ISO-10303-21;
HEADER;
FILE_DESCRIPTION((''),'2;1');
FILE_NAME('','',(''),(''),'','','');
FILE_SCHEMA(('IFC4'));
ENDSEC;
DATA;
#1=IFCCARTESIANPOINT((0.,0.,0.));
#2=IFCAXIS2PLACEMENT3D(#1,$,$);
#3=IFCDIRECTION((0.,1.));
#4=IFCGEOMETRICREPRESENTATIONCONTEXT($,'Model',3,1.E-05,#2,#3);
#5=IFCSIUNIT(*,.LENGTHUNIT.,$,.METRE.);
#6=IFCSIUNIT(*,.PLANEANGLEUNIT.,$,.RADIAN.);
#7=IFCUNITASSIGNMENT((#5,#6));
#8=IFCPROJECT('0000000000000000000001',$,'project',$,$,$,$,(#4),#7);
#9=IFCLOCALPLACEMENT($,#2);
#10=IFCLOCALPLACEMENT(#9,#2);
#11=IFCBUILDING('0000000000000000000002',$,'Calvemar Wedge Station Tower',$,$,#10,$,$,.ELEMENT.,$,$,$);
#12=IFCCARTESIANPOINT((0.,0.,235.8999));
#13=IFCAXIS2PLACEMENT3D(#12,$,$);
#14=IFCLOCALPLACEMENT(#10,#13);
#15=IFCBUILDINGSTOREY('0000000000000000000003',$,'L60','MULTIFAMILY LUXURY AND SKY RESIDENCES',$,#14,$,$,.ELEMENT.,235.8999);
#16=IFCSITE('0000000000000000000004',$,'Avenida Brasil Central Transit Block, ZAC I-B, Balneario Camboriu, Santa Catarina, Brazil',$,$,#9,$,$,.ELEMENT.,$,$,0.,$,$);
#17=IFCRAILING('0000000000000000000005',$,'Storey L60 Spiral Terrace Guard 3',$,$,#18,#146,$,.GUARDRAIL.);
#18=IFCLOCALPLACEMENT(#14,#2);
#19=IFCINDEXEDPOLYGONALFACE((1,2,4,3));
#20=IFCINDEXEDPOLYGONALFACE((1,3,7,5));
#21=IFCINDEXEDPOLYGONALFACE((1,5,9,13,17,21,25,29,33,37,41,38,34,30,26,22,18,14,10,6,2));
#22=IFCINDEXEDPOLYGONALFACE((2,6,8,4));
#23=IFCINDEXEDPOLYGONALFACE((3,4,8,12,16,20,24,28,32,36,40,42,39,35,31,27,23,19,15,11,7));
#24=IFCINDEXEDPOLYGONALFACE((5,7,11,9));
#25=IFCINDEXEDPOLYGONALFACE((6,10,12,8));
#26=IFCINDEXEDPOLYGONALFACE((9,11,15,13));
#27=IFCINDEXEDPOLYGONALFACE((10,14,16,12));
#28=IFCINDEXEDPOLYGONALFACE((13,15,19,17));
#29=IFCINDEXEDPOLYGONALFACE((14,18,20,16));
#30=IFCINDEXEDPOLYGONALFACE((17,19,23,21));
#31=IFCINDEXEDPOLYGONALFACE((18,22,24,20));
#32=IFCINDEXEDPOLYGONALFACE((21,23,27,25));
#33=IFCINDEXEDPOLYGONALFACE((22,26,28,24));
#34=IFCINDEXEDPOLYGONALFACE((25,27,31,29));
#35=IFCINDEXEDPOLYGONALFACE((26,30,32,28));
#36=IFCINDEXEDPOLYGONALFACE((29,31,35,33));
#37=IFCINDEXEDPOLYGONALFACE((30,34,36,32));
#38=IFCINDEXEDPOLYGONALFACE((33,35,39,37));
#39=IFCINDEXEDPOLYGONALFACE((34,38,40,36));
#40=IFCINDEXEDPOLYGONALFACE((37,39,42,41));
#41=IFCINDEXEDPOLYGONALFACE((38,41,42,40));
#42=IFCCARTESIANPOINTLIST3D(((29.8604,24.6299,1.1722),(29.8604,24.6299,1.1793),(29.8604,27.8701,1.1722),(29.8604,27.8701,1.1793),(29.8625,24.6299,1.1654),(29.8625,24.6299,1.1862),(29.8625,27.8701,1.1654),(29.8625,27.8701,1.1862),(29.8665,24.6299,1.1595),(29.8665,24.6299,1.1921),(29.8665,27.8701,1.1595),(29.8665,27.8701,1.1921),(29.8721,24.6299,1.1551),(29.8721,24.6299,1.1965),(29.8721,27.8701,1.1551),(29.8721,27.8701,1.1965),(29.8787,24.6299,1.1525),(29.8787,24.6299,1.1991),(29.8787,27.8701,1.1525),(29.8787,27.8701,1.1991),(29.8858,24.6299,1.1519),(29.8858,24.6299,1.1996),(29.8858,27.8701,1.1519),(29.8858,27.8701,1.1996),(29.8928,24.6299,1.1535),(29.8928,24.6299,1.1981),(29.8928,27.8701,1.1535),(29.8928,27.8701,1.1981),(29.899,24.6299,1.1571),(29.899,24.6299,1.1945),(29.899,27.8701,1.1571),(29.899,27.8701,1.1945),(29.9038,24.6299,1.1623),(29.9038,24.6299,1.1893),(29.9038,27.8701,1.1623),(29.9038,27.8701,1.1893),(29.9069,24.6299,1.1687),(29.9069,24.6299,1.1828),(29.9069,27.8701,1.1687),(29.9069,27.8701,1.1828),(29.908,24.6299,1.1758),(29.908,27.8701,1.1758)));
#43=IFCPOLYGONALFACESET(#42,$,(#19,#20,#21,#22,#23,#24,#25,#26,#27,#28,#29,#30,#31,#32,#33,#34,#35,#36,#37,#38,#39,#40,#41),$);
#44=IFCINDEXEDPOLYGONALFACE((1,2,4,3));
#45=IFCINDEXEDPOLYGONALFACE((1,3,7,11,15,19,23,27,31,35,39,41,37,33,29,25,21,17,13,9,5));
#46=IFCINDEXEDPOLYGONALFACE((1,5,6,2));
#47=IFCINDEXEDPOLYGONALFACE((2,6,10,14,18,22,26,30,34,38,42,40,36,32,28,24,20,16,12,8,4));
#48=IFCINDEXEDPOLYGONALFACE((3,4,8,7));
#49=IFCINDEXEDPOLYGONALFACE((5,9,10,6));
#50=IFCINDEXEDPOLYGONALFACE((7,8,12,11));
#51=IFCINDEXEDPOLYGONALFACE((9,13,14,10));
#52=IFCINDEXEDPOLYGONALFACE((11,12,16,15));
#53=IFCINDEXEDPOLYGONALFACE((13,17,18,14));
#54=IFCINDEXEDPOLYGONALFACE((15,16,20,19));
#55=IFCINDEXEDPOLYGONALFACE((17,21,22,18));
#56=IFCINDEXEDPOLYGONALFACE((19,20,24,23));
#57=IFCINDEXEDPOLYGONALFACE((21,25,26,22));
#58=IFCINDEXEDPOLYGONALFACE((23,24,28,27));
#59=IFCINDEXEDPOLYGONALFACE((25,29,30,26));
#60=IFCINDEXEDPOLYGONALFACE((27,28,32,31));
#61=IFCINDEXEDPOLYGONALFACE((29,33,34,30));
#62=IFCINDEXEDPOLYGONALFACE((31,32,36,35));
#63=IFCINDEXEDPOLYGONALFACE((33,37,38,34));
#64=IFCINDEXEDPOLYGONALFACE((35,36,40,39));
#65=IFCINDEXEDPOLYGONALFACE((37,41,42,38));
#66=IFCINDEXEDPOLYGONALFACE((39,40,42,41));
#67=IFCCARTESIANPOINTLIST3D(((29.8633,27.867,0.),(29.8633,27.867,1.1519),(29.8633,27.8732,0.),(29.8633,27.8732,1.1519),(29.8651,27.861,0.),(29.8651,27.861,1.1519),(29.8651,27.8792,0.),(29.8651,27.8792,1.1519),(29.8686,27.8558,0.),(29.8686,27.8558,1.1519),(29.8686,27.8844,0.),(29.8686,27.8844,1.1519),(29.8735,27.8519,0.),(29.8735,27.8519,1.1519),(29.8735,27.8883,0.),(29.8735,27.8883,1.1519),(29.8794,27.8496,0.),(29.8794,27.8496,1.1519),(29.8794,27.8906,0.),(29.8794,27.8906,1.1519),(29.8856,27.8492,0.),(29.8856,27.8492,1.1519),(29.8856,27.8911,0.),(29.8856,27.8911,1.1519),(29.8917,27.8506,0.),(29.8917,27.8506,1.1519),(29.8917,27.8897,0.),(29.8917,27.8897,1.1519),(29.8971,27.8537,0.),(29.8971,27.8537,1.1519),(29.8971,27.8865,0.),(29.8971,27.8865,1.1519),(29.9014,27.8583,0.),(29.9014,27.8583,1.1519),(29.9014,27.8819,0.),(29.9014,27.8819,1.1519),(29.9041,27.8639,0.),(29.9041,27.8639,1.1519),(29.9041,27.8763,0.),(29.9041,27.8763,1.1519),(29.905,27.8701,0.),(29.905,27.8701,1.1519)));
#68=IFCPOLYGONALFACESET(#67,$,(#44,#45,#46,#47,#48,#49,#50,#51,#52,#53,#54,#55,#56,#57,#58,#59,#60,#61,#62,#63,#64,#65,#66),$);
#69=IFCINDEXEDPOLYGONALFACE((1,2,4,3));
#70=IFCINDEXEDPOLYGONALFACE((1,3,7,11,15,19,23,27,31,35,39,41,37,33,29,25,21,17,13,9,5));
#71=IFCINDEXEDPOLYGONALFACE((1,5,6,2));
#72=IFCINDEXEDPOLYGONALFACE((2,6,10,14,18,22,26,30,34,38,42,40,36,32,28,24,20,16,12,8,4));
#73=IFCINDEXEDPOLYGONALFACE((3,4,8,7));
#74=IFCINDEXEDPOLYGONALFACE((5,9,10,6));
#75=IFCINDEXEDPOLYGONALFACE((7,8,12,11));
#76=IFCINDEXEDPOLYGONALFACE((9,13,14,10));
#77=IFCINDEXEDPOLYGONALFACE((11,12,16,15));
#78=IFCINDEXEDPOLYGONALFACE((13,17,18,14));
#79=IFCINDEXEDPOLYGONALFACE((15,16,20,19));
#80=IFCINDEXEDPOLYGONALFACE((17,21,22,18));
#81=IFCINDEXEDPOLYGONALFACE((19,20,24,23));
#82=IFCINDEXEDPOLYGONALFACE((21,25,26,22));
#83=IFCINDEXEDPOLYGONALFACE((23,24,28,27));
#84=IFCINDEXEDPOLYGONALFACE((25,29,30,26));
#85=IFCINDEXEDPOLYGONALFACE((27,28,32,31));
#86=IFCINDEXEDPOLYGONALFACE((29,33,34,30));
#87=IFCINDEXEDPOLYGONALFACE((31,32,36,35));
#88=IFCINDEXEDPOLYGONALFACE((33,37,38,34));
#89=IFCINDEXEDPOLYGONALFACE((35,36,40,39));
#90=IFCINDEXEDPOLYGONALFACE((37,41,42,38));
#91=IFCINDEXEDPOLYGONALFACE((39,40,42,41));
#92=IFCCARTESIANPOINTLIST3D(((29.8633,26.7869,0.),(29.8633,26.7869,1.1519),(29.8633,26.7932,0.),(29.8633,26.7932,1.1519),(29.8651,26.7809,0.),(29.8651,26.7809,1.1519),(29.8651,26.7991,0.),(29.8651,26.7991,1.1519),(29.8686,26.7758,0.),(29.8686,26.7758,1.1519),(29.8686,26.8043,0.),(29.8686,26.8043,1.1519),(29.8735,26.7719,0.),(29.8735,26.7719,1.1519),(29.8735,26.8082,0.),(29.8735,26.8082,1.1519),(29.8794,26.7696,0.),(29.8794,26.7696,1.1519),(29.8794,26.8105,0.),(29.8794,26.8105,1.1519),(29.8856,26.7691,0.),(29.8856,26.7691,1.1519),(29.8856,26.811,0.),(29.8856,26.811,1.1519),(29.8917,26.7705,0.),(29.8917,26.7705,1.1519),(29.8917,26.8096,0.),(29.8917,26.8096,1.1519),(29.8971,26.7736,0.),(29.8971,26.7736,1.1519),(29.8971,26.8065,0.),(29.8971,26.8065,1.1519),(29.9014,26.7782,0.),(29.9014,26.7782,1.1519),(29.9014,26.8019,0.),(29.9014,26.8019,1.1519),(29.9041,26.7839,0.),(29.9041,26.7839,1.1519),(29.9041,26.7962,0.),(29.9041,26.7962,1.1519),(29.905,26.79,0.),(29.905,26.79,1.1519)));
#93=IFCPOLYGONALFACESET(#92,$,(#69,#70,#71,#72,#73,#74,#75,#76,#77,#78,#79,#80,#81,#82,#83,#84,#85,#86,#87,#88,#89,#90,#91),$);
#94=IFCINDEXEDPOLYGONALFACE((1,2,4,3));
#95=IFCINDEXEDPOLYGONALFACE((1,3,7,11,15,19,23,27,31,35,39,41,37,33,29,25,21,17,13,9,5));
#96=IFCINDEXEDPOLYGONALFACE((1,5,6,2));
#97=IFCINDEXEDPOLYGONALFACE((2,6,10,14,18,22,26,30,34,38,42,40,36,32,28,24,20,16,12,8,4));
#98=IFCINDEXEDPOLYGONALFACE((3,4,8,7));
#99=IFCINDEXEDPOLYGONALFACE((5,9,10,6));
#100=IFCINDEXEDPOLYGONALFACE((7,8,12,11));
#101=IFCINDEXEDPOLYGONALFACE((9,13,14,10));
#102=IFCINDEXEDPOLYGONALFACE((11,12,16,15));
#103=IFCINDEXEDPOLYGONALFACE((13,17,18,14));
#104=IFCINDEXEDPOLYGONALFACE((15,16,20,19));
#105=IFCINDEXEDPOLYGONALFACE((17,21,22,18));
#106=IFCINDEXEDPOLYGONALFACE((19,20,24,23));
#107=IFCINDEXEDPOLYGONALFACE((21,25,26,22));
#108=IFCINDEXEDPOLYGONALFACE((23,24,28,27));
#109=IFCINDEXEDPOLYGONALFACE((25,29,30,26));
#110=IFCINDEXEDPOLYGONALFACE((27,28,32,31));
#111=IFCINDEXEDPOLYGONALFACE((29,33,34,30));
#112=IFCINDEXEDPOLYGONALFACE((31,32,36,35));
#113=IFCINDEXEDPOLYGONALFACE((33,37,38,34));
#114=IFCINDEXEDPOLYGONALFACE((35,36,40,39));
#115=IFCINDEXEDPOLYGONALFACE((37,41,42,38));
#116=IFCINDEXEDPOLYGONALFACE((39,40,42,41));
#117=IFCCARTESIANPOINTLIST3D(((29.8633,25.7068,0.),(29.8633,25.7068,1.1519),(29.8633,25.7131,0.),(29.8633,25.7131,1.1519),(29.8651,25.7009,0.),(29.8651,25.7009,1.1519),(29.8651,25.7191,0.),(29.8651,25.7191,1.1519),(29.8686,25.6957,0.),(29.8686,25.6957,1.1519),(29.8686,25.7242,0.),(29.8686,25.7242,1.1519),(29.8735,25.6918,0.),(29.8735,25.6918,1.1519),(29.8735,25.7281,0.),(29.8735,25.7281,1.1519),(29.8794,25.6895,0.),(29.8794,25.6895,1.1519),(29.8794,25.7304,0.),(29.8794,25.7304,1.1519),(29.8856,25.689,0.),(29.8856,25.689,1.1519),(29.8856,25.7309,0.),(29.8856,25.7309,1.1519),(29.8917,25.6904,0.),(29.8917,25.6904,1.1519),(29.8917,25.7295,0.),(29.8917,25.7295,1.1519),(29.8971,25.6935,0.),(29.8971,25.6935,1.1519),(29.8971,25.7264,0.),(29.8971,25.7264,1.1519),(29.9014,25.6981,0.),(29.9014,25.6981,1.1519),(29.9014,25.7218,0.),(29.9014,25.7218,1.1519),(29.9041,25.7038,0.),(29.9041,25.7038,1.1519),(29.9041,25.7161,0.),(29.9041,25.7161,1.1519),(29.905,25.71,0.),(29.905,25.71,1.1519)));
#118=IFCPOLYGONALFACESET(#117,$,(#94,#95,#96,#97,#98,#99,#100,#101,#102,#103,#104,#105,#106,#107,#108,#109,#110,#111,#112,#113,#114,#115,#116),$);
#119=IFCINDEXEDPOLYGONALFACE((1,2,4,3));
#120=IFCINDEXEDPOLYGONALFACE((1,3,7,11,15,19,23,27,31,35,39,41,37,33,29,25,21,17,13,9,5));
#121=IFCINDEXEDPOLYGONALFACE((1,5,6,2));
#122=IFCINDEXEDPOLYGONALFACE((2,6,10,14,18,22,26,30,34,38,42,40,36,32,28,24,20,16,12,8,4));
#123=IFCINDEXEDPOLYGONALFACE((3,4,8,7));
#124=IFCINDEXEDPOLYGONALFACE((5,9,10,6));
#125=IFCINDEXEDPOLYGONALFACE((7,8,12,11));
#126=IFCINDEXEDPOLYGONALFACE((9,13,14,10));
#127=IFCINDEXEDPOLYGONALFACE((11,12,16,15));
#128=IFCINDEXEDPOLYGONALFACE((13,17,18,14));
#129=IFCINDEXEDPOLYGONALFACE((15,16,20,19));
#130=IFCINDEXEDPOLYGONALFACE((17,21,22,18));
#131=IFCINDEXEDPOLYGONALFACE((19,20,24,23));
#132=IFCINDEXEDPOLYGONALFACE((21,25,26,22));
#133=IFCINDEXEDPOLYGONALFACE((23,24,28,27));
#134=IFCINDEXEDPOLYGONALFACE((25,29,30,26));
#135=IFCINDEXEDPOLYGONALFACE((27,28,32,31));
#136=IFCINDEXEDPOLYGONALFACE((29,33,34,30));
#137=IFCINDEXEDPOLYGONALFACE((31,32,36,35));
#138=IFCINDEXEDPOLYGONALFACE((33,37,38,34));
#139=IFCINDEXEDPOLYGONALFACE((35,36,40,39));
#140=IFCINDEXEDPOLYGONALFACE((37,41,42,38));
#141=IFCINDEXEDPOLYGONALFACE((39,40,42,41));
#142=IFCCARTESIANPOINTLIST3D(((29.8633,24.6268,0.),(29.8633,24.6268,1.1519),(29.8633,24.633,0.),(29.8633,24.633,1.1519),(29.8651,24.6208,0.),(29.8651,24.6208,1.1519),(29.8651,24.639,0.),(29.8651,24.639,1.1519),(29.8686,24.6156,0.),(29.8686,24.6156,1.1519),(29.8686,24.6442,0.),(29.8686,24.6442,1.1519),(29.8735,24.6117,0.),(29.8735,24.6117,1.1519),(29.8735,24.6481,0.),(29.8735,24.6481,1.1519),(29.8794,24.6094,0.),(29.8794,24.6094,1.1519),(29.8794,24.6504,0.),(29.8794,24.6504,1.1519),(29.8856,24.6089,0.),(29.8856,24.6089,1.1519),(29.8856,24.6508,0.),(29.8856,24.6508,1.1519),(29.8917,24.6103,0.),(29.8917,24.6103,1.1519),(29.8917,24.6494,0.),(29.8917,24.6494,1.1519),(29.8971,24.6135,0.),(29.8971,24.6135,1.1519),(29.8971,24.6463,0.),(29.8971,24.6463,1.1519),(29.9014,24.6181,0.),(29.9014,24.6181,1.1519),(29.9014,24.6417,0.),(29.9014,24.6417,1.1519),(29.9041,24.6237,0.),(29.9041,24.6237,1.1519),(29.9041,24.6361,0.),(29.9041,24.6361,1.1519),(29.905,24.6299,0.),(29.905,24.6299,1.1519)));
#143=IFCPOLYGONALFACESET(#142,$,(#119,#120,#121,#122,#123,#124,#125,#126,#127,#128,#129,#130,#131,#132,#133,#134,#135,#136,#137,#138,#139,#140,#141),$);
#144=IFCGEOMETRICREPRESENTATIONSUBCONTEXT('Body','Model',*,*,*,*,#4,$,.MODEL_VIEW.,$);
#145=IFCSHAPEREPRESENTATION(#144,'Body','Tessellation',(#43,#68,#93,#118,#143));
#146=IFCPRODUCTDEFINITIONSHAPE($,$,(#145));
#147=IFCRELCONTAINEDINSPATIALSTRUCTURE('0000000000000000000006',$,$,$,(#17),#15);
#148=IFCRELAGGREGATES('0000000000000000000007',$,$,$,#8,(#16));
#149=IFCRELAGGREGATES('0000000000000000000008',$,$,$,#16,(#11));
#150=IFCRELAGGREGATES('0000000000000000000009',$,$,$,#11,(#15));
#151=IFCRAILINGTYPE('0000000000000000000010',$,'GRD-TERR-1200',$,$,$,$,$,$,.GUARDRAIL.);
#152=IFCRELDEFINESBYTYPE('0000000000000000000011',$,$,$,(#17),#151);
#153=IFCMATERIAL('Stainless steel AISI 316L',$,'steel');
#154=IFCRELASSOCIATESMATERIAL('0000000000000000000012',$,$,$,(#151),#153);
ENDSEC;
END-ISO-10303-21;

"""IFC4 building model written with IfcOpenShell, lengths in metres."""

from ifc_helpers import new_model, si_unit, direction, frame, origin, origin_2d, place, context, subcontext, project, spatial, circle, extrude, material, type_object, element, save


model = new_model("IFC4")

# Units and contexts
model_context = context("Model", 3, precision=1e-05, world=origin(), true_north=direction((0.0, 1.0)))
body_context = subcontext(model_context, "Body", "Model", "MODEL_VIEW")
ifc_project = project(units=[si_unit("LENGTHUNIT", "METRE"), si_unit("PLANEANGLEUNIT", "RADIAN")], contexts=[model_context])

# Site, building, storey
site_placement = place(None, origin())
site = spatial("IfcSite", under=ifc_project, at=site_placement, Name="Avenida Brasil Central Transit Block, ZAC I-B, Balneario Camboriu, Santa Catarina, Brazil", CompositionType="ELEMENT", RefElevation=0.0)
building_placement = place(site_placement, origin())
building = spatial("IfcBuilding", under=site, at=building_placement, Name="Calvemar Wedge Station Tower", CompositionType="ELEMENT")
storey_placement = place(building_placement, frame((0.0, 0.0, 235.8999)))
storey = spatial("IfcBuildingStorey", under=building, at=storey_placement, Name="L60", Description="MULTIFAMILY LUXURY AND SKY RESIDENCES", CompositionType="ELEMENT", Elevation=235.8999)

# Railing
ifc_material_1 = material(Name="Stainless steel AISI 316L", Category="steel")
railing_type = type_object("IfcRailingType", Name="GRD-TERR-1200", PredefinedType="GUARDRAIL", material=ifc_material_1)
railing_1_placement = place(storey_placement, frame((29.884, 27.8701, 0.0)))
element("IfcRailing", 1, at=railing_1_placement, inside=storey, type_object=railing_type, Name="Storey L60 Spiral Terrace Guard 3", PredefinedType="GUARDRAIL", context=body_context, shape_type="SweptSolid", body=[
    extrude(circle(Radius=0.0239, at=origin_2d()), frame((0.0, 0.0, 1.1758), z_axis=(0.0, -1.0, 0.0), x_axis=(1.0, 0.0, 0.0)), (0.0, 0.0, 1.0), 3.2402),
    extrude(circle(Radius=0.021, at=origin_2d()), origin(), (0.0, 0.0, 1.0), 1.1519),
    extrude(circle(Radius=0.021, at=origin_2d()), frame((0.0, -1.0801, 0.0)), (0.0, 0.0, 1.0), 1.1519),
    extrude(circle(Radius=0.021, at=origin_2d()), frame((0.0, -2.1602, 0.0)), (0.0, 0.0, 1.0), 1.1519),
    extrude(circle(Radius=0.021, at=origin_2d()), frame((0.0, -3.2402, 0.0)), (0.0, 0.0, 1.0), 1.1519),
])

save(model, "model.ifc")
